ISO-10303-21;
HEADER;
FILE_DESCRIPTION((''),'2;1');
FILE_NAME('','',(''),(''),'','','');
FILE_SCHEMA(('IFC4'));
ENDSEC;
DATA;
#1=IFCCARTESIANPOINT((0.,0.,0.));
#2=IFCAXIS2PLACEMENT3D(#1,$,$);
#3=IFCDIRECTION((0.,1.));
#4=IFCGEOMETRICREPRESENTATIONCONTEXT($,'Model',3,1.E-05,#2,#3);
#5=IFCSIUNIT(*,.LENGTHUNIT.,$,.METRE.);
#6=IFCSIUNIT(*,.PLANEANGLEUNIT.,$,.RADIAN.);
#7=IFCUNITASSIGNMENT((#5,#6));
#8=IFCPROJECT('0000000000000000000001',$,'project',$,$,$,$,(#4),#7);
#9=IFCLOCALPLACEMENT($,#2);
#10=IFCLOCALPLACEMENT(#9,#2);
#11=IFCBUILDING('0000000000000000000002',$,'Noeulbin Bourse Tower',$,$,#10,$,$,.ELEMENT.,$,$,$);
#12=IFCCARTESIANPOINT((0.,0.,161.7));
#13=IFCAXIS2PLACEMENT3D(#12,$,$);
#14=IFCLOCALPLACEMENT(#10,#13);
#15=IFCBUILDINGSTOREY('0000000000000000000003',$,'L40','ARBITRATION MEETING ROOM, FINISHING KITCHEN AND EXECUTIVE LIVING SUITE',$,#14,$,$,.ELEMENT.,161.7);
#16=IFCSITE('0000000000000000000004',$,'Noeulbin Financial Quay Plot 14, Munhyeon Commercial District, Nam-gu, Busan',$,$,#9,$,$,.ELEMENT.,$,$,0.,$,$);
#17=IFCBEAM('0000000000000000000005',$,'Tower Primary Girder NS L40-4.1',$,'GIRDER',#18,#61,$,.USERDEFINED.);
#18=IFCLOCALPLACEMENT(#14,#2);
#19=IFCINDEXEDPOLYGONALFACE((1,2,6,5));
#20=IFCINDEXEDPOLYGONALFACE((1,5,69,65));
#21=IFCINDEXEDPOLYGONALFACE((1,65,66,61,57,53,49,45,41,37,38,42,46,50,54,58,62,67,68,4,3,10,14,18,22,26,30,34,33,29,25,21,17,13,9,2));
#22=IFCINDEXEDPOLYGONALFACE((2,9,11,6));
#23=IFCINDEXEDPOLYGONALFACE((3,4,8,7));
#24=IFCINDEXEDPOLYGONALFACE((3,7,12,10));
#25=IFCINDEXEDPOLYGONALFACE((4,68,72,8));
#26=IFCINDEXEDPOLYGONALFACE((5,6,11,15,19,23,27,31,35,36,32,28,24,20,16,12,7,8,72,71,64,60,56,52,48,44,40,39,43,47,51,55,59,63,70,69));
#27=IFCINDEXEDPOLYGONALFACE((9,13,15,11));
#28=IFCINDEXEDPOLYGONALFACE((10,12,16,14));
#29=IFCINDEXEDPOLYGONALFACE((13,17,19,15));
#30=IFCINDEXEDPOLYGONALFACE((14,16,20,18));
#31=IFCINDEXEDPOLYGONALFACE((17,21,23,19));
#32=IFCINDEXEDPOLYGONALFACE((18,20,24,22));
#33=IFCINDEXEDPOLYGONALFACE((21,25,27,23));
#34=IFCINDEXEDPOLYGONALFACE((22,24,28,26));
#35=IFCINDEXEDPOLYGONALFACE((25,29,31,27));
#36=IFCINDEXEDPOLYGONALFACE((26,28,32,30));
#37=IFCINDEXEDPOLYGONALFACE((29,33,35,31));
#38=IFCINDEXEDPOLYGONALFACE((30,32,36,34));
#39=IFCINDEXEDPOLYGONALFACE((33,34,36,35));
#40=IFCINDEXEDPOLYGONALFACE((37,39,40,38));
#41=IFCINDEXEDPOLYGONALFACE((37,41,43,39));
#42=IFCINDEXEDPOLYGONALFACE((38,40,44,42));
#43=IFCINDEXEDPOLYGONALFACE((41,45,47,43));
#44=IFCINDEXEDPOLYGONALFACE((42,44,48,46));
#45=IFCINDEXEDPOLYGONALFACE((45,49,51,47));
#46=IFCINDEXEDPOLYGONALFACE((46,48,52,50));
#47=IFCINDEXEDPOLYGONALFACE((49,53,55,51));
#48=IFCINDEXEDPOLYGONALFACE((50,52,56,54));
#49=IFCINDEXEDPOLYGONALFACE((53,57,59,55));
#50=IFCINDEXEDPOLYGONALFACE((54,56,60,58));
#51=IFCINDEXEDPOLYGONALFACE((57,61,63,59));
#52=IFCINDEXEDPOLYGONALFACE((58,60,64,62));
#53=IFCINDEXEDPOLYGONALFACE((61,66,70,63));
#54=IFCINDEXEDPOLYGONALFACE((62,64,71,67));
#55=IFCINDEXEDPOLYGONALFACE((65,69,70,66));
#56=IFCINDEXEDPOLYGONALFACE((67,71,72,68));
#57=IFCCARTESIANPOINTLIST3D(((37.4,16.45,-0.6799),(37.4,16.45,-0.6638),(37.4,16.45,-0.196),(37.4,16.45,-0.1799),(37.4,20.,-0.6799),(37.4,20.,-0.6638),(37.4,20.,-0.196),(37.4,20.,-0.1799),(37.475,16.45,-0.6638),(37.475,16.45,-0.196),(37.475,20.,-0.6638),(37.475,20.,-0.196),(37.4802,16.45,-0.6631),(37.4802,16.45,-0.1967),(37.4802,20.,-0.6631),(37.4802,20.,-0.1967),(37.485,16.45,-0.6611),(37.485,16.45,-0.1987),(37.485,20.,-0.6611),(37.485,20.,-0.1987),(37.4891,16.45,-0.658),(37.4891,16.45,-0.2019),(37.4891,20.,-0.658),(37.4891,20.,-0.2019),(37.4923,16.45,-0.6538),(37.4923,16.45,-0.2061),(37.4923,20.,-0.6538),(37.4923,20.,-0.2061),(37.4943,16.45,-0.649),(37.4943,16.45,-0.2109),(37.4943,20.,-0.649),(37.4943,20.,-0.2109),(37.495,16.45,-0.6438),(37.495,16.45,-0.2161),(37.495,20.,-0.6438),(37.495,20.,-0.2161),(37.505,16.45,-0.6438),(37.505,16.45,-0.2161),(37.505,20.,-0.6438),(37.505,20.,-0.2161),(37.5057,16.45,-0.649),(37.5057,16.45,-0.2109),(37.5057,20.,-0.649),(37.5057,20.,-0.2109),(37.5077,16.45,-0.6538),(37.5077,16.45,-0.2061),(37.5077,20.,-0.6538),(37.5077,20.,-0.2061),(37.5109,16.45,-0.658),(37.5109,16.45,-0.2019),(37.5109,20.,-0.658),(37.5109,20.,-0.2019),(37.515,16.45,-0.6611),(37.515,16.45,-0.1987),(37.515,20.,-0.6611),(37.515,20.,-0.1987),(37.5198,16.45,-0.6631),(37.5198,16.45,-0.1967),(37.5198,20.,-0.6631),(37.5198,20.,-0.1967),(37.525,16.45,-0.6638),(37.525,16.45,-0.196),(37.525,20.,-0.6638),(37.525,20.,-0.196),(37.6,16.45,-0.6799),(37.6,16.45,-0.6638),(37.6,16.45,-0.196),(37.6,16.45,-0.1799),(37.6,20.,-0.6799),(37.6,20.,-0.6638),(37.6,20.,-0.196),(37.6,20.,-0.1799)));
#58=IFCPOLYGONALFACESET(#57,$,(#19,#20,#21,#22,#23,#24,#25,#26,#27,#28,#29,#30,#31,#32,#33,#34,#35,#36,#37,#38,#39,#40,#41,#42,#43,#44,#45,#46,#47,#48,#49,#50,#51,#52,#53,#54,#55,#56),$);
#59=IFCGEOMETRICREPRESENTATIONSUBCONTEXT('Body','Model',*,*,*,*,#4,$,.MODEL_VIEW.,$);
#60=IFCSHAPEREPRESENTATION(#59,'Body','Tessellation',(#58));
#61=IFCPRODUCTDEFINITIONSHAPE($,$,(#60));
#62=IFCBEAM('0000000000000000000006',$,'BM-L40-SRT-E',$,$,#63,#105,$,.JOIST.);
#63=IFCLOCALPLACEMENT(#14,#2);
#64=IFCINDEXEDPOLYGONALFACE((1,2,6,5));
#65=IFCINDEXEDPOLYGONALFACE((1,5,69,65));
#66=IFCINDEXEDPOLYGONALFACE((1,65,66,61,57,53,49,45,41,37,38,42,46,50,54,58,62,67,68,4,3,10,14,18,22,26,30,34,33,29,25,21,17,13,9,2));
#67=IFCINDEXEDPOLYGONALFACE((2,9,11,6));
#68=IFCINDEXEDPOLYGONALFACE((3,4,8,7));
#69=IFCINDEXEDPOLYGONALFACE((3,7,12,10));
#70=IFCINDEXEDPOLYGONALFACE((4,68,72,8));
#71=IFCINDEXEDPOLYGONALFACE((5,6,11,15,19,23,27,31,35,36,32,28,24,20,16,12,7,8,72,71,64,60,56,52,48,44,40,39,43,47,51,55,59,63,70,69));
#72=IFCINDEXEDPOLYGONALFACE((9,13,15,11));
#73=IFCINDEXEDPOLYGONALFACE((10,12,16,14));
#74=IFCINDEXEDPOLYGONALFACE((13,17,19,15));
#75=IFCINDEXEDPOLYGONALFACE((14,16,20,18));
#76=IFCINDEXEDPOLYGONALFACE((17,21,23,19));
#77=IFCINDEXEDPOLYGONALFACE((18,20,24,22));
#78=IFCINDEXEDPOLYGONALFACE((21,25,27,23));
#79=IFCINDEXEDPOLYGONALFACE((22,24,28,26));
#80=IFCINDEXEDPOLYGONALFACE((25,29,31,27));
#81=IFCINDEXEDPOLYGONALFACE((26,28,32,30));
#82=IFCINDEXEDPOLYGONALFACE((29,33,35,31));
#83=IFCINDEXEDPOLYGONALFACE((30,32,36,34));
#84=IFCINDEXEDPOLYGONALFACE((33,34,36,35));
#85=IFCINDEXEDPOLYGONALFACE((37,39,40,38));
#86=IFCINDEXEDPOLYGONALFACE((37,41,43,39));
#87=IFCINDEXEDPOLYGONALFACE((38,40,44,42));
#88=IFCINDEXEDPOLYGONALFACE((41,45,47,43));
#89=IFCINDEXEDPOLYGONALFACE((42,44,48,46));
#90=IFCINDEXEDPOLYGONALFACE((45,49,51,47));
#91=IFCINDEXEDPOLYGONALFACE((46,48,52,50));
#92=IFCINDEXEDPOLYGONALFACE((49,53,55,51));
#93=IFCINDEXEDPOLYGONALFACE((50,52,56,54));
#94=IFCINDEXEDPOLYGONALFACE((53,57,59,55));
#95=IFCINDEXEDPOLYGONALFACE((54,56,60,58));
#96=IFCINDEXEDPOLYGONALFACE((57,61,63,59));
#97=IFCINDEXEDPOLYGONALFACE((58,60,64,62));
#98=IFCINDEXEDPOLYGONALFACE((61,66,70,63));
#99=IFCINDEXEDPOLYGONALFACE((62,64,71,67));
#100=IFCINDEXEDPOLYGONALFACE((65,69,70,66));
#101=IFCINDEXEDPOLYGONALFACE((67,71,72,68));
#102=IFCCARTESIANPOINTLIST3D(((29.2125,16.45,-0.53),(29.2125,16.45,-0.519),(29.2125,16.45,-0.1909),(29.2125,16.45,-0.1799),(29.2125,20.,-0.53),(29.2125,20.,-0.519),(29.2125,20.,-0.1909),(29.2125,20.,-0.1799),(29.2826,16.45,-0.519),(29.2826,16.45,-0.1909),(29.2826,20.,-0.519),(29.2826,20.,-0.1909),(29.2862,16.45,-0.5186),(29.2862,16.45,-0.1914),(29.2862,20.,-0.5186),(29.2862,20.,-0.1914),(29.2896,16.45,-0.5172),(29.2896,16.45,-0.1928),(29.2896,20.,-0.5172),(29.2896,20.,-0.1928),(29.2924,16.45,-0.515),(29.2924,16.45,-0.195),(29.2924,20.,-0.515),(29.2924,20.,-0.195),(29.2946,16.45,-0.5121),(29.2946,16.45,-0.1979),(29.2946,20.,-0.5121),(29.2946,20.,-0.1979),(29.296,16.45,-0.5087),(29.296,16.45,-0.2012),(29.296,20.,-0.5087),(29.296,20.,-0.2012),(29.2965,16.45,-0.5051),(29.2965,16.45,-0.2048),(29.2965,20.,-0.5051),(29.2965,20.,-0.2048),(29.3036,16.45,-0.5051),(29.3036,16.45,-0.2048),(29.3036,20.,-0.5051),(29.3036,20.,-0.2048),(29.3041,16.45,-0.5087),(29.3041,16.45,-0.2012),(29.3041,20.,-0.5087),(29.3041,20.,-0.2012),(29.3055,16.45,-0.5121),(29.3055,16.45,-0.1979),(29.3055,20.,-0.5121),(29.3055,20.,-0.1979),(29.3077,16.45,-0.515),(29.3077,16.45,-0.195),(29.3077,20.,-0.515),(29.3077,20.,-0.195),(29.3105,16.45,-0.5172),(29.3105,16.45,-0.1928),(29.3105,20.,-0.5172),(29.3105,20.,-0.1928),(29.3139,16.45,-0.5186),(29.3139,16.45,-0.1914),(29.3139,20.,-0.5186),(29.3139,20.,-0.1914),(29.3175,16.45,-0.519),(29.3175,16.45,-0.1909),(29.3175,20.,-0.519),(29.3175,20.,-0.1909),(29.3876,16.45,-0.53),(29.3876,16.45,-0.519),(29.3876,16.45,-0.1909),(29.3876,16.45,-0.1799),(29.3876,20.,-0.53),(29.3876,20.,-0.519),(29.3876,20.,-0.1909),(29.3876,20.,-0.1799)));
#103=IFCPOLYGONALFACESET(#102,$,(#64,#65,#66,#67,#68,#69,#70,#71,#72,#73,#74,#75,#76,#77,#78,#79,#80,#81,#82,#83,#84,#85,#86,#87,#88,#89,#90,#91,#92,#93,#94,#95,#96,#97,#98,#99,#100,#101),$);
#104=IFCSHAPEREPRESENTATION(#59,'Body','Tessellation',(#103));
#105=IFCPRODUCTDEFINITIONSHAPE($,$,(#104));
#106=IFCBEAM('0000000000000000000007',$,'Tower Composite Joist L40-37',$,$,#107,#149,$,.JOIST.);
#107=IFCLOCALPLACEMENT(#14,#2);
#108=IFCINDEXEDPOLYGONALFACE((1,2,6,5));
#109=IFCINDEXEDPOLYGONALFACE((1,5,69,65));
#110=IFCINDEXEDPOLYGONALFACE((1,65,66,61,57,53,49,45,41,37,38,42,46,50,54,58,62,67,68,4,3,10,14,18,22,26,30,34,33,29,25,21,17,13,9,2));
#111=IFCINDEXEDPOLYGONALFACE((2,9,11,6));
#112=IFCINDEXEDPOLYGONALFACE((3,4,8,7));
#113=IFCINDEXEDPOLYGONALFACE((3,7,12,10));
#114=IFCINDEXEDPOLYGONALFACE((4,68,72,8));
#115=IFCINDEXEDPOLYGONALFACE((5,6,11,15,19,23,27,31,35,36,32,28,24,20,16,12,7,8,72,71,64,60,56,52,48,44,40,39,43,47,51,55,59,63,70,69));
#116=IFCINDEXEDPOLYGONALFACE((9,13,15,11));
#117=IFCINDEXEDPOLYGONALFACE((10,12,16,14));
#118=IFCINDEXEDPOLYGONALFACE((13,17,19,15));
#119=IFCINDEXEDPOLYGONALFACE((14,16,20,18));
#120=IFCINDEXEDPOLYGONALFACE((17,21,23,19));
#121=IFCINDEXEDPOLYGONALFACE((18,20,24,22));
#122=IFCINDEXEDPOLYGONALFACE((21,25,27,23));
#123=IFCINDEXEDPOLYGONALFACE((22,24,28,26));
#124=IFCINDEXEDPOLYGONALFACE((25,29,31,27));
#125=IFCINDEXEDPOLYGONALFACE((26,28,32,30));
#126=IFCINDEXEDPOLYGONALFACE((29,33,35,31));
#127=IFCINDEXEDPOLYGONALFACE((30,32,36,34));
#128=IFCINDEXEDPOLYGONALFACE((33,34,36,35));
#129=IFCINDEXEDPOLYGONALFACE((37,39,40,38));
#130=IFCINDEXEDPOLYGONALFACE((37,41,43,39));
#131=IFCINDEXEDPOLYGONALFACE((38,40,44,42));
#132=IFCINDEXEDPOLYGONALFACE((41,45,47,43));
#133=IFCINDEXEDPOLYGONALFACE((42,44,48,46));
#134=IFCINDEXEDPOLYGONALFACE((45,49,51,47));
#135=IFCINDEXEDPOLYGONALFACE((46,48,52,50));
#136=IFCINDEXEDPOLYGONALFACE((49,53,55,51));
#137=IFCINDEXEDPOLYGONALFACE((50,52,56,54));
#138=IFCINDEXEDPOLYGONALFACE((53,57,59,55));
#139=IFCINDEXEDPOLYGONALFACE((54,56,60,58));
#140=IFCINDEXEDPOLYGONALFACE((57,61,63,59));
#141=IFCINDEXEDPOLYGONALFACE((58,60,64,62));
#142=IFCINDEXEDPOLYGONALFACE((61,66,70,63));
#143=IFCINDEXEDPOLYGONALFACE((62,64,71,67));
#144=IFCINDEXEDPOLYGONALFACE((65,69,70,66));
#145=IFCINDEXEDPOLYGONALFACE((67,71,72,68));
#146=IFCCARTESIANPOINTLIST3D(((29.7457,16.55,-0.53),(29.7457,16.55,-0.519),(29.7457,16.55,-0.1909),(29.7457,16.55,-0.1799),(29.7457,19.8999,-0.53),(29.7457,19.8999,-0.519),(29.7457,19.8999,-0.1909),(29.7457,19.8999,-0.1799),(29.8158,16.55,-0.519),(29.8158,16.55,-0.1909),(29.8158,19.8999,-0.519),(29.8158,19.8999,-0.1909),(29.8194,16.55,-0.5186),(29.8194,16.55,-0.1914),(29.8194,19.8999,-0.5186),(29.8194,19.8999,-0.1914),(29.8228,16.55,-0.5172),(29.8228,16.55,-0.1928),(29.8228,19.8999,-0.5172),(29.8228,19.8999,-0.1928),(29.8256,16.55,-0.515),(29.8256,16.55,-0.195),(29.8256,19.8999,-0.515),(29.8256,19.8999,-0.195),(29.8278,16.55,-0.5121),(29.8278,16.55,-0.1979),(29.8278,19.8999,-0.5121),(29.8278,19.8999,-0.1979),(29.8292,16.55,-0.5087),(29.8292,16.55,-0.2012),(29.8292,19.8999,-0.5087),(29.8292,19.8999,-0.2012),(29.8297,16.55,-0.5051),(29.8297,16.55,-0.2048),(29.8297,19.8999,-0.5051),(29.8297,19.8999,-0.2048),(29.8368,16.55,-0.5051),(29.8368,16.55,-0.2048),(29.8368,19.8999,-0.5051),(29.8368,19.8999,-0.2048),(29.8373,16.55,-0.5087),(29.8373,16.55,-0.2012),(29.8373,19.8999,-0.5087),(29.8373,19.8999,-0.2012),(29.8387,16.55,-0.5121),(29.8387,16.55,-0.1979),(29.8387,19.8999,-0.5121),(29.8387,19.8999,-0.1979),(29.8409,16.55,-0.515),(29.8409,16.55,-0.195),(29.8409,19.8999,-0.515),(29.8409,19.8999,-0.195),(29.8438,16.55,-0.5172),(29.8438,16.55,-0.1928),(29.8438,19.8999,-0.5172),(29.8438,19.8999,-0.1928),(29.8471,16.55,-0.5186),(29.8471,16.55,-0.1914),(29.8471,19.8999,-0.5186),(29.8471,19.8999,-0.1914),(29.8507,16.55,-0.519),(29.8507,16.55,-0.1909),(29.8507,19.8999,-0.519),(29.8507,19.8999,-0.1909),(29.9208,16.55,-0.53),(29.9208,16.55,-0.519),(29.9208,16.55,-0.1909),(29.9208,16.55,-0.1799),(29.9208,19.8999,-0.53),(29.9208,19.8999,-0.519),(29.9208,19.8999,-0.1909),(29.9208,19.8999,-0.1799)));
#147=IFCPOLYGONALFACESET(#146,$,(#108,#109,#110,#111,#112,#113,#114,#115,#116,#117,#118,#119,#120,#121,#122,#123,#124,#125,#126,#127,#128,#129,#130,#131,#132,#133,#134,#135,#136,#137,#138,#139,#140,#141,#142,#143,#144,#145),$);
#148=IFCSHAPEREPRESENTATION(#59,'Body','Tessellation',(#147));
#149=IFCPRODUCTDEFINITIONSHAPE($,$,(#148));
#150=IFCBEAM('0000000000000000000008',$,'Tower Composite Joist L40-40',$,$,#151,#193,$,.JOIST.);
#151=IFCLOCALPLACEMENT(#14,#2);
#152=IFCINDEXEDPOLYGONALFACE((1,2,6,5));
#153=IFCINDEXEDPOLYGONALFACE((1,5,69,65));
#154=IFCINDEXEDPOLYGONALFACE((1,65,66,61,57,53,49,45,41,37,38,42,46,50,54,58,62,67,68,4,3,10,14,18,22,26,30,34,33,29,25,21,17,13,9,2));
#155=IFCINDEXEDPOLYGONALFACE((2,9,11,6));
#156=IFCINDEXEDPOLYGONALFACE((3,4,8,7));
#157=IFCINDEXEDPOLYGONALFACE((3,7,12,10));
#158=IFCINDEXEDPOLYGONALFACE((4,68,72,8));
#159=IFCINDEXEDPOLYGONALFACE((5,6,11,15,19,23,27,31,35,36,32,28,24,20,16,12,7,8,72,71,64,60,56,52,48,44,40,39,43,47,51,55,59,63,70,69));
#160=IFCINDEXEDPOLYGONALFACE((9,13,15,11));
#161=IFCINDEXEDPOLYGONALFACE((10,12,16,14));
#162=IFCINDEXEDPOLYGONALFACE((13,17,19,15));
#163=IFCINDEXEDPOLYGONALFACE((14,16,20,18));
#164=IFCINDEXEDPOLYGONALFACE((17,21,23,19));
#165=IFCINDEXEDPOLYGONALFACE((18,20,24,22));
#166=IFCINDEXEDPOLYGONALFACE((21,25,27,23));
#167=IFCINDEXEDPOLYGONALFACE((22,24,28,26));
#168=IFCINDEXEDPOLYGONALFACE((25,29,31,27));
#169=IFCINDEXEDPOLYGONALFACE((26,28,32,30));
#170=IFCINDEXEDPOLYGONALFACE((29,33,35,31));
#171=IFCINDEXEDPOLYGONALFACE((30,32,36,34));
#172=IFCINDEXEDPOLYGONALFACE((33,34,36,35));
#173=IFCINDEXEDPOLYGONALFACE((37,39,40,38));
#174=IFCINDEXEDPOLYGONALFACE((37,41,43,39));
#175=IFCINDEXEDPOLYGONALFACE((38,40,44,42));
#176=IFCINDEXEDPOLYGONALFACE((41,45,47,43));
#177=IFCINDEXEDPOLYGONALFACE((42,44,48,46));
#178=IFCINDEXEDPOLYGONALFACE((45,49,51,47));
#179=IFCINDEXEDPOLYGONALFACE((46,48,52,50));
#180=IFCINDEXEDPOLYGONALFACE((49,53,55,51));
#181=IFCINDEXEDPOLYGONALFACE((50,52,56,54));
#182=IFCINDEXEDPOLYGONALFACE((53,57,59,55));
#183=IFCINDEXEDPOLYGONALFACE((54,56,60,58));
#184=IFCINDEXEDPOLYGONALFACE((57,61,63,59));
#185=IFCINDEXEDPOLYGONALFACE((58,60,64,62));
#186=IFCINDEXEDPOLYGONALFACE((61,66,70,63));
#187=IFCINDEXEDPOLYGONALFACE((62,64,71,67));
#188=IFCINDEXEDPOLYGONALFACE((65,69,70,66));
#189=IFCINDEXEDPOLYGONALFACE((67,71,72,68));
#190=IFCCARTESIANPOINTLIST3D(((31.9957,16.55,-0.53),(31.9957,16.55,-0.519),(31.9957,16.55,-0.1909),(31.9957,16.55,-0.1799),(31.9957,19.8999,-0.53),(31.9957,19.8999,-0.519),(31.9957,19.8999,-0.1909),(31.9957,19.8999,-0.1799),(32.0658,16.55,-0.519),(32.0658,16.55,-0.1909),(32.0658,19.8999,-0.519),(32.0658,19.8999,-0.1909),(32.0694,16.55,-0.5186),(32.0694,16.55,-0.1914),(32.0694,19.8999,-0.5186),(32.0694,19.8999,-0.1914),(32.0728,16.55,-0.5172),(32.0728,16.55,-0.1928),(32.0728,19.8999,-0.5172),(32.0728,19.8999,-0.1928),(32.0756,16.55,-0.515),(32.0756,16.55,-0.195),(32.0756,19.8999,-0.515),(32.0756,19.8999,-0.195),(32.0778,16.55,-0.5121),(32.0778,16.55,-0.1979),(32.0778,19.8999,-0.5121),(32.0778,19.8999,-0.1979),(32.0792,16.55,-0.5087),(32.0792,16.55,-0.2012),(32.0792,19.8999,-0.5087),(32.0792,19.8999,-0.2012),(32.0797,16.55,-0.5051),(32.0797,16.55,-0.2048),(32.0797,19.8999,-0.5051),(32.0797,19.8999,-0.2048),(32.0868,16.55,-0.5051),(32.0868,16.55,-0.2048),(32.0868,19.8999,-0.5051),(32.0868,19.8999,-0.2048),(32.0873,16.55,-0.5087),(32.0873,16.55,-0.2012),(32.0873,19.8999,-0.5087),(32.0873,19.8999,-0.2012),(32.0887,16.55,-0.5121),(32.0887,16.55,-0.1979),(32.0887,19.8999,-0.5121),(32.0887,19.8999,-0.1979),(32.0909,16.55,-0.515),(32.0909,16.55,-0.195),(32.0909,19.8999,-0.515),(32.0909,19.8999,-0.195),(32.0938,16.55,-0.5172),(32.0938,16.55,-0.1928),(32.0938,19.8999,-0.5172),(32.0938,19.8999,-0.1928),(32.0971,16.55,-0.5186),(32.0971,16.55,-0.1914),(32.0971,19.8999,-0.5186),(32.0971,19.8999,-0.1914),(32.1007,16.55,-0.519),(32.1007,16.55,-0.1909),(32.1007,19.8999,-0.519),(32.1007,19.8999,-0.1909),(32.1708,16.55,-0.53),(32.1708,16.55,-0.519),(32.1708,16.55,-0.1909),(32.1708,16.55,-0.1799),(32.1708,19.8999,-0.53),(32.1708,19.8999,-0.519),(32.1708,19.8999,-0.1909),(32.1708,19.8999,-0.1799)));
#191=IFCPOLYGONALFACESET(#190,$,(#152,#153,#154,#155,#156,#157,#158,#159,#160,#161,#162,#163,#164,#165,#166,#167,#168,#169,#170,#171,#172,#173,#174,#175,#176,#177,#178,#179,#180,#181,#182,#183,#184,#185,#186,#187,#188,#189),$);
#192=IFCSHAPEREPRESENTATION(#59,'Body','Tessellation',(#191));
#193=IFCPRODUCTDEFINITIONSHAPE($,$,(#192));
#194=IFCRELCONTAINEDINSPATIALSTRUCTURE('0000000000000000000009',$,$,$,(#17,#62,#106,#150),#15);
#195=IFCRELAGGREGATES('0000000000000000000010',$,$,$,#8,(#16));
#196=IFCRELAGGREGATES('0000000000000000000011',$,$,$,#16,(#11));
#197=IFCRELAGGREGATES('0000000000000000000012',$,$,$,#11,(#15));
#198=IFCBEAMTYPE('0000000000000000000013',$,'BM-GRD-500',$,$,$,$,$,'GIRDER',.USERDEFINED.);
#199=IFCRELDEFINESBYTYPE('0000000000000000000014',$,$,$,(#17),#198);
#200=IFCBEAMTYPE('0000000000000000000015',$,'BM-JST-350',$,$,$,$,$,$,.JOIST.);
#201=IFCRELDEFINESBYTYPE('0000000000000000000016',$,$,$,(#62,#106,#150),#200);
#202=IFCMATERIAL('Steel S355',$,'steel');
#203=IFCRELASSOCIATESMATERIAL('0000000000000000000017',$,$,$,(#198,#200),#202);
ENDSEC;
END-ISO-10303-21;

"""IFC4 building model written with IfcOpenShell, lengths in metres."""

from ifc_helpers import new_model, si_unit, direction, frame, origin, origin_2d, place, context, subcontext, project, spatial, i_section, extrude, material, material_profile, profile_set, type_object, element, save


model = new_model("IFC4")

# Units and contexts
model_context = context("Model", 3, precision=1e-05, world=origin(), true_north=direction((0.0, 1.0)))
body_context = subcontext(model_context, "Body", "Model", "MODEL_VIEW")
ifc_project = project(units=[si_unit("LENGTHUNIT", "METRE"), si_unit("PLANEANGLEUNIT", "RADIAN")], contexts=[model_context])

# Site, building, storey
site_placement = place(None, origin())
site = spatial("IfcSite", under=ifc_project, at=site_placement, Name="Noeulbin Financial Quay Plot 14, Munhyeon Commercial District, Nam-gu, Busan", CompositionType="ELEMENT", RefElevation=0.0)
building_placement = place(site_placement, origin())
building = spatial("IfcBuilding", under=site, at=building_placement, Name="Noeulbin Bourse Tower", CompositionType="ELEMENT")
storey_placement = place(building_placement, frame((0.0, 0.0, 161.7)))
storey = spatial("IfcBuildingStorey", under=building, at=storey_placement, Name="L40", Description="ARBITRATION MEETING ROOM, FINISHING KITCHEN AND EXECUTIVE LIVING SUITE", CompositionType="ELEMENT", Elevation=161.7)

# Shared definitions
ifc_material_1 = material(Name="Steel S355", Category="steel")

# Beams
ifc_material_profile_1 = material_profile(ifc_material_1, i_section(OverallWidth=0.2, OverallDepth=0.5, WebThickness=0.01, FlangeThickness=0.0161, FilletRadius=0.02, at=origin_2d()), Name="H-500x200x10x16", Category="LoadBearing")
ifc_profile_set_1 = profile_set([ifc_material_profile_1], Name="Steel S355")
beam_type_1 = type_object("IfcBeamType", Name="BM-GRD-500", ElementType="GIRDER", PredefinedType="USERDEFINED", material=ifc_profile_set_1)
for number, where, z_axis, x_axis, name in (
    (1, (37.5, 16.45, -0.4299), (0.0, 1.0, 0.0), (-1.0, 0.0, 0.0), "Tower Primary Girder NS L40-4.1"),
):
    element("IfcBeam", number, at=place(storey_placement, frame(where, z_axis=z_axis, x_axis=x_axis)), inside=storey, type_object=beam_type_1, Name=name, ObjectType="GIRDER", PredefinedType="USERDEFINED", context=body_context, shape_type="SweptSolid", body=[
        extrude(i_section(OverallWidth=0.2, OverallDepth=0.5, WebThickness=0.01, FlangeThickness=0.0161, FilletRadius=0.02, at=origin_2d()), origin(), (0.0, 0.0, 1.0), 3.55),
    ])
ifc_material_profile_2 = material_profile(ifc_material_1, i_section(OverallWidth=0.175, OverallDepth=0.3501, WebThickness=0.0071, FlangeThickness=0.011, FilletRadius=0.0139, at=origin_2d()), Name="H-350x175x7x11", Category="LoadBearing")
ifc_profile_set_2 = profile_set([ifc_material_profile_2], Name="Steel S355")
beam_type_2 = type_object("IfcBeamType", Name="BM-JST-350", PredefinedType="JOIST", material=ifc_profile_set_2)
beam_1_placement = place(storey_placement, frame((29.3, 16.45, -0.355), z_axis=(0.0, 1.0, 0.0), x_axis=(-1.0, 0.0, 0.0)))
element("IfcBeam", 2, at=beam_1_placement, inside=storey, type_object=beam_type_2, Name="BM-L40-SRT-E", PredefinedType="JOIST", context=body_context, shape_type="SweptSolid", body=[
    extrude(i_section(OverallWidth=0.175, OverallDepth=0.3501, WebThickness=0.0071, FlangeThickness=0.011, FilletRadius=0.0139, at=origin_2d()), origin(), (0.0, 0.0, 1.0), 3.55),
])
for number, where, z_axis, x_axis, name in (
    (3, (29.8333, 16.55, -0.355), (0.0, 1.0, 0.0), (-1.0, 0.0, 0.0), "Tower Composite Joist L40-37"),
    (4, (32.0833, 16.55, -0.355), (0.0, 1.0, 0.0), (-1.0, 0.0, 0.0), "Tower Composite Joist L40-40"),
):
    element("IfcBeam", number, at=place(storey_placement, frame(where, z_axis=z_axis, x_axis=x_axis)), inside=storey, type_object=beam_type_2, Name=name, PredefinedType="JOIST", context=body_context, shape_type="SweptSolid", body=[
        extrude(i_section(OverallWidth=0.175, OverallDepth=0.3501, WebThickness=0.0071, FlangeThickness=0.011, FilletRadius=0.0139, at=origin_2d()), origin(), (0.0, 0.0, 1.0), 3.3499),
    ])

save(model, "model.ifc")
